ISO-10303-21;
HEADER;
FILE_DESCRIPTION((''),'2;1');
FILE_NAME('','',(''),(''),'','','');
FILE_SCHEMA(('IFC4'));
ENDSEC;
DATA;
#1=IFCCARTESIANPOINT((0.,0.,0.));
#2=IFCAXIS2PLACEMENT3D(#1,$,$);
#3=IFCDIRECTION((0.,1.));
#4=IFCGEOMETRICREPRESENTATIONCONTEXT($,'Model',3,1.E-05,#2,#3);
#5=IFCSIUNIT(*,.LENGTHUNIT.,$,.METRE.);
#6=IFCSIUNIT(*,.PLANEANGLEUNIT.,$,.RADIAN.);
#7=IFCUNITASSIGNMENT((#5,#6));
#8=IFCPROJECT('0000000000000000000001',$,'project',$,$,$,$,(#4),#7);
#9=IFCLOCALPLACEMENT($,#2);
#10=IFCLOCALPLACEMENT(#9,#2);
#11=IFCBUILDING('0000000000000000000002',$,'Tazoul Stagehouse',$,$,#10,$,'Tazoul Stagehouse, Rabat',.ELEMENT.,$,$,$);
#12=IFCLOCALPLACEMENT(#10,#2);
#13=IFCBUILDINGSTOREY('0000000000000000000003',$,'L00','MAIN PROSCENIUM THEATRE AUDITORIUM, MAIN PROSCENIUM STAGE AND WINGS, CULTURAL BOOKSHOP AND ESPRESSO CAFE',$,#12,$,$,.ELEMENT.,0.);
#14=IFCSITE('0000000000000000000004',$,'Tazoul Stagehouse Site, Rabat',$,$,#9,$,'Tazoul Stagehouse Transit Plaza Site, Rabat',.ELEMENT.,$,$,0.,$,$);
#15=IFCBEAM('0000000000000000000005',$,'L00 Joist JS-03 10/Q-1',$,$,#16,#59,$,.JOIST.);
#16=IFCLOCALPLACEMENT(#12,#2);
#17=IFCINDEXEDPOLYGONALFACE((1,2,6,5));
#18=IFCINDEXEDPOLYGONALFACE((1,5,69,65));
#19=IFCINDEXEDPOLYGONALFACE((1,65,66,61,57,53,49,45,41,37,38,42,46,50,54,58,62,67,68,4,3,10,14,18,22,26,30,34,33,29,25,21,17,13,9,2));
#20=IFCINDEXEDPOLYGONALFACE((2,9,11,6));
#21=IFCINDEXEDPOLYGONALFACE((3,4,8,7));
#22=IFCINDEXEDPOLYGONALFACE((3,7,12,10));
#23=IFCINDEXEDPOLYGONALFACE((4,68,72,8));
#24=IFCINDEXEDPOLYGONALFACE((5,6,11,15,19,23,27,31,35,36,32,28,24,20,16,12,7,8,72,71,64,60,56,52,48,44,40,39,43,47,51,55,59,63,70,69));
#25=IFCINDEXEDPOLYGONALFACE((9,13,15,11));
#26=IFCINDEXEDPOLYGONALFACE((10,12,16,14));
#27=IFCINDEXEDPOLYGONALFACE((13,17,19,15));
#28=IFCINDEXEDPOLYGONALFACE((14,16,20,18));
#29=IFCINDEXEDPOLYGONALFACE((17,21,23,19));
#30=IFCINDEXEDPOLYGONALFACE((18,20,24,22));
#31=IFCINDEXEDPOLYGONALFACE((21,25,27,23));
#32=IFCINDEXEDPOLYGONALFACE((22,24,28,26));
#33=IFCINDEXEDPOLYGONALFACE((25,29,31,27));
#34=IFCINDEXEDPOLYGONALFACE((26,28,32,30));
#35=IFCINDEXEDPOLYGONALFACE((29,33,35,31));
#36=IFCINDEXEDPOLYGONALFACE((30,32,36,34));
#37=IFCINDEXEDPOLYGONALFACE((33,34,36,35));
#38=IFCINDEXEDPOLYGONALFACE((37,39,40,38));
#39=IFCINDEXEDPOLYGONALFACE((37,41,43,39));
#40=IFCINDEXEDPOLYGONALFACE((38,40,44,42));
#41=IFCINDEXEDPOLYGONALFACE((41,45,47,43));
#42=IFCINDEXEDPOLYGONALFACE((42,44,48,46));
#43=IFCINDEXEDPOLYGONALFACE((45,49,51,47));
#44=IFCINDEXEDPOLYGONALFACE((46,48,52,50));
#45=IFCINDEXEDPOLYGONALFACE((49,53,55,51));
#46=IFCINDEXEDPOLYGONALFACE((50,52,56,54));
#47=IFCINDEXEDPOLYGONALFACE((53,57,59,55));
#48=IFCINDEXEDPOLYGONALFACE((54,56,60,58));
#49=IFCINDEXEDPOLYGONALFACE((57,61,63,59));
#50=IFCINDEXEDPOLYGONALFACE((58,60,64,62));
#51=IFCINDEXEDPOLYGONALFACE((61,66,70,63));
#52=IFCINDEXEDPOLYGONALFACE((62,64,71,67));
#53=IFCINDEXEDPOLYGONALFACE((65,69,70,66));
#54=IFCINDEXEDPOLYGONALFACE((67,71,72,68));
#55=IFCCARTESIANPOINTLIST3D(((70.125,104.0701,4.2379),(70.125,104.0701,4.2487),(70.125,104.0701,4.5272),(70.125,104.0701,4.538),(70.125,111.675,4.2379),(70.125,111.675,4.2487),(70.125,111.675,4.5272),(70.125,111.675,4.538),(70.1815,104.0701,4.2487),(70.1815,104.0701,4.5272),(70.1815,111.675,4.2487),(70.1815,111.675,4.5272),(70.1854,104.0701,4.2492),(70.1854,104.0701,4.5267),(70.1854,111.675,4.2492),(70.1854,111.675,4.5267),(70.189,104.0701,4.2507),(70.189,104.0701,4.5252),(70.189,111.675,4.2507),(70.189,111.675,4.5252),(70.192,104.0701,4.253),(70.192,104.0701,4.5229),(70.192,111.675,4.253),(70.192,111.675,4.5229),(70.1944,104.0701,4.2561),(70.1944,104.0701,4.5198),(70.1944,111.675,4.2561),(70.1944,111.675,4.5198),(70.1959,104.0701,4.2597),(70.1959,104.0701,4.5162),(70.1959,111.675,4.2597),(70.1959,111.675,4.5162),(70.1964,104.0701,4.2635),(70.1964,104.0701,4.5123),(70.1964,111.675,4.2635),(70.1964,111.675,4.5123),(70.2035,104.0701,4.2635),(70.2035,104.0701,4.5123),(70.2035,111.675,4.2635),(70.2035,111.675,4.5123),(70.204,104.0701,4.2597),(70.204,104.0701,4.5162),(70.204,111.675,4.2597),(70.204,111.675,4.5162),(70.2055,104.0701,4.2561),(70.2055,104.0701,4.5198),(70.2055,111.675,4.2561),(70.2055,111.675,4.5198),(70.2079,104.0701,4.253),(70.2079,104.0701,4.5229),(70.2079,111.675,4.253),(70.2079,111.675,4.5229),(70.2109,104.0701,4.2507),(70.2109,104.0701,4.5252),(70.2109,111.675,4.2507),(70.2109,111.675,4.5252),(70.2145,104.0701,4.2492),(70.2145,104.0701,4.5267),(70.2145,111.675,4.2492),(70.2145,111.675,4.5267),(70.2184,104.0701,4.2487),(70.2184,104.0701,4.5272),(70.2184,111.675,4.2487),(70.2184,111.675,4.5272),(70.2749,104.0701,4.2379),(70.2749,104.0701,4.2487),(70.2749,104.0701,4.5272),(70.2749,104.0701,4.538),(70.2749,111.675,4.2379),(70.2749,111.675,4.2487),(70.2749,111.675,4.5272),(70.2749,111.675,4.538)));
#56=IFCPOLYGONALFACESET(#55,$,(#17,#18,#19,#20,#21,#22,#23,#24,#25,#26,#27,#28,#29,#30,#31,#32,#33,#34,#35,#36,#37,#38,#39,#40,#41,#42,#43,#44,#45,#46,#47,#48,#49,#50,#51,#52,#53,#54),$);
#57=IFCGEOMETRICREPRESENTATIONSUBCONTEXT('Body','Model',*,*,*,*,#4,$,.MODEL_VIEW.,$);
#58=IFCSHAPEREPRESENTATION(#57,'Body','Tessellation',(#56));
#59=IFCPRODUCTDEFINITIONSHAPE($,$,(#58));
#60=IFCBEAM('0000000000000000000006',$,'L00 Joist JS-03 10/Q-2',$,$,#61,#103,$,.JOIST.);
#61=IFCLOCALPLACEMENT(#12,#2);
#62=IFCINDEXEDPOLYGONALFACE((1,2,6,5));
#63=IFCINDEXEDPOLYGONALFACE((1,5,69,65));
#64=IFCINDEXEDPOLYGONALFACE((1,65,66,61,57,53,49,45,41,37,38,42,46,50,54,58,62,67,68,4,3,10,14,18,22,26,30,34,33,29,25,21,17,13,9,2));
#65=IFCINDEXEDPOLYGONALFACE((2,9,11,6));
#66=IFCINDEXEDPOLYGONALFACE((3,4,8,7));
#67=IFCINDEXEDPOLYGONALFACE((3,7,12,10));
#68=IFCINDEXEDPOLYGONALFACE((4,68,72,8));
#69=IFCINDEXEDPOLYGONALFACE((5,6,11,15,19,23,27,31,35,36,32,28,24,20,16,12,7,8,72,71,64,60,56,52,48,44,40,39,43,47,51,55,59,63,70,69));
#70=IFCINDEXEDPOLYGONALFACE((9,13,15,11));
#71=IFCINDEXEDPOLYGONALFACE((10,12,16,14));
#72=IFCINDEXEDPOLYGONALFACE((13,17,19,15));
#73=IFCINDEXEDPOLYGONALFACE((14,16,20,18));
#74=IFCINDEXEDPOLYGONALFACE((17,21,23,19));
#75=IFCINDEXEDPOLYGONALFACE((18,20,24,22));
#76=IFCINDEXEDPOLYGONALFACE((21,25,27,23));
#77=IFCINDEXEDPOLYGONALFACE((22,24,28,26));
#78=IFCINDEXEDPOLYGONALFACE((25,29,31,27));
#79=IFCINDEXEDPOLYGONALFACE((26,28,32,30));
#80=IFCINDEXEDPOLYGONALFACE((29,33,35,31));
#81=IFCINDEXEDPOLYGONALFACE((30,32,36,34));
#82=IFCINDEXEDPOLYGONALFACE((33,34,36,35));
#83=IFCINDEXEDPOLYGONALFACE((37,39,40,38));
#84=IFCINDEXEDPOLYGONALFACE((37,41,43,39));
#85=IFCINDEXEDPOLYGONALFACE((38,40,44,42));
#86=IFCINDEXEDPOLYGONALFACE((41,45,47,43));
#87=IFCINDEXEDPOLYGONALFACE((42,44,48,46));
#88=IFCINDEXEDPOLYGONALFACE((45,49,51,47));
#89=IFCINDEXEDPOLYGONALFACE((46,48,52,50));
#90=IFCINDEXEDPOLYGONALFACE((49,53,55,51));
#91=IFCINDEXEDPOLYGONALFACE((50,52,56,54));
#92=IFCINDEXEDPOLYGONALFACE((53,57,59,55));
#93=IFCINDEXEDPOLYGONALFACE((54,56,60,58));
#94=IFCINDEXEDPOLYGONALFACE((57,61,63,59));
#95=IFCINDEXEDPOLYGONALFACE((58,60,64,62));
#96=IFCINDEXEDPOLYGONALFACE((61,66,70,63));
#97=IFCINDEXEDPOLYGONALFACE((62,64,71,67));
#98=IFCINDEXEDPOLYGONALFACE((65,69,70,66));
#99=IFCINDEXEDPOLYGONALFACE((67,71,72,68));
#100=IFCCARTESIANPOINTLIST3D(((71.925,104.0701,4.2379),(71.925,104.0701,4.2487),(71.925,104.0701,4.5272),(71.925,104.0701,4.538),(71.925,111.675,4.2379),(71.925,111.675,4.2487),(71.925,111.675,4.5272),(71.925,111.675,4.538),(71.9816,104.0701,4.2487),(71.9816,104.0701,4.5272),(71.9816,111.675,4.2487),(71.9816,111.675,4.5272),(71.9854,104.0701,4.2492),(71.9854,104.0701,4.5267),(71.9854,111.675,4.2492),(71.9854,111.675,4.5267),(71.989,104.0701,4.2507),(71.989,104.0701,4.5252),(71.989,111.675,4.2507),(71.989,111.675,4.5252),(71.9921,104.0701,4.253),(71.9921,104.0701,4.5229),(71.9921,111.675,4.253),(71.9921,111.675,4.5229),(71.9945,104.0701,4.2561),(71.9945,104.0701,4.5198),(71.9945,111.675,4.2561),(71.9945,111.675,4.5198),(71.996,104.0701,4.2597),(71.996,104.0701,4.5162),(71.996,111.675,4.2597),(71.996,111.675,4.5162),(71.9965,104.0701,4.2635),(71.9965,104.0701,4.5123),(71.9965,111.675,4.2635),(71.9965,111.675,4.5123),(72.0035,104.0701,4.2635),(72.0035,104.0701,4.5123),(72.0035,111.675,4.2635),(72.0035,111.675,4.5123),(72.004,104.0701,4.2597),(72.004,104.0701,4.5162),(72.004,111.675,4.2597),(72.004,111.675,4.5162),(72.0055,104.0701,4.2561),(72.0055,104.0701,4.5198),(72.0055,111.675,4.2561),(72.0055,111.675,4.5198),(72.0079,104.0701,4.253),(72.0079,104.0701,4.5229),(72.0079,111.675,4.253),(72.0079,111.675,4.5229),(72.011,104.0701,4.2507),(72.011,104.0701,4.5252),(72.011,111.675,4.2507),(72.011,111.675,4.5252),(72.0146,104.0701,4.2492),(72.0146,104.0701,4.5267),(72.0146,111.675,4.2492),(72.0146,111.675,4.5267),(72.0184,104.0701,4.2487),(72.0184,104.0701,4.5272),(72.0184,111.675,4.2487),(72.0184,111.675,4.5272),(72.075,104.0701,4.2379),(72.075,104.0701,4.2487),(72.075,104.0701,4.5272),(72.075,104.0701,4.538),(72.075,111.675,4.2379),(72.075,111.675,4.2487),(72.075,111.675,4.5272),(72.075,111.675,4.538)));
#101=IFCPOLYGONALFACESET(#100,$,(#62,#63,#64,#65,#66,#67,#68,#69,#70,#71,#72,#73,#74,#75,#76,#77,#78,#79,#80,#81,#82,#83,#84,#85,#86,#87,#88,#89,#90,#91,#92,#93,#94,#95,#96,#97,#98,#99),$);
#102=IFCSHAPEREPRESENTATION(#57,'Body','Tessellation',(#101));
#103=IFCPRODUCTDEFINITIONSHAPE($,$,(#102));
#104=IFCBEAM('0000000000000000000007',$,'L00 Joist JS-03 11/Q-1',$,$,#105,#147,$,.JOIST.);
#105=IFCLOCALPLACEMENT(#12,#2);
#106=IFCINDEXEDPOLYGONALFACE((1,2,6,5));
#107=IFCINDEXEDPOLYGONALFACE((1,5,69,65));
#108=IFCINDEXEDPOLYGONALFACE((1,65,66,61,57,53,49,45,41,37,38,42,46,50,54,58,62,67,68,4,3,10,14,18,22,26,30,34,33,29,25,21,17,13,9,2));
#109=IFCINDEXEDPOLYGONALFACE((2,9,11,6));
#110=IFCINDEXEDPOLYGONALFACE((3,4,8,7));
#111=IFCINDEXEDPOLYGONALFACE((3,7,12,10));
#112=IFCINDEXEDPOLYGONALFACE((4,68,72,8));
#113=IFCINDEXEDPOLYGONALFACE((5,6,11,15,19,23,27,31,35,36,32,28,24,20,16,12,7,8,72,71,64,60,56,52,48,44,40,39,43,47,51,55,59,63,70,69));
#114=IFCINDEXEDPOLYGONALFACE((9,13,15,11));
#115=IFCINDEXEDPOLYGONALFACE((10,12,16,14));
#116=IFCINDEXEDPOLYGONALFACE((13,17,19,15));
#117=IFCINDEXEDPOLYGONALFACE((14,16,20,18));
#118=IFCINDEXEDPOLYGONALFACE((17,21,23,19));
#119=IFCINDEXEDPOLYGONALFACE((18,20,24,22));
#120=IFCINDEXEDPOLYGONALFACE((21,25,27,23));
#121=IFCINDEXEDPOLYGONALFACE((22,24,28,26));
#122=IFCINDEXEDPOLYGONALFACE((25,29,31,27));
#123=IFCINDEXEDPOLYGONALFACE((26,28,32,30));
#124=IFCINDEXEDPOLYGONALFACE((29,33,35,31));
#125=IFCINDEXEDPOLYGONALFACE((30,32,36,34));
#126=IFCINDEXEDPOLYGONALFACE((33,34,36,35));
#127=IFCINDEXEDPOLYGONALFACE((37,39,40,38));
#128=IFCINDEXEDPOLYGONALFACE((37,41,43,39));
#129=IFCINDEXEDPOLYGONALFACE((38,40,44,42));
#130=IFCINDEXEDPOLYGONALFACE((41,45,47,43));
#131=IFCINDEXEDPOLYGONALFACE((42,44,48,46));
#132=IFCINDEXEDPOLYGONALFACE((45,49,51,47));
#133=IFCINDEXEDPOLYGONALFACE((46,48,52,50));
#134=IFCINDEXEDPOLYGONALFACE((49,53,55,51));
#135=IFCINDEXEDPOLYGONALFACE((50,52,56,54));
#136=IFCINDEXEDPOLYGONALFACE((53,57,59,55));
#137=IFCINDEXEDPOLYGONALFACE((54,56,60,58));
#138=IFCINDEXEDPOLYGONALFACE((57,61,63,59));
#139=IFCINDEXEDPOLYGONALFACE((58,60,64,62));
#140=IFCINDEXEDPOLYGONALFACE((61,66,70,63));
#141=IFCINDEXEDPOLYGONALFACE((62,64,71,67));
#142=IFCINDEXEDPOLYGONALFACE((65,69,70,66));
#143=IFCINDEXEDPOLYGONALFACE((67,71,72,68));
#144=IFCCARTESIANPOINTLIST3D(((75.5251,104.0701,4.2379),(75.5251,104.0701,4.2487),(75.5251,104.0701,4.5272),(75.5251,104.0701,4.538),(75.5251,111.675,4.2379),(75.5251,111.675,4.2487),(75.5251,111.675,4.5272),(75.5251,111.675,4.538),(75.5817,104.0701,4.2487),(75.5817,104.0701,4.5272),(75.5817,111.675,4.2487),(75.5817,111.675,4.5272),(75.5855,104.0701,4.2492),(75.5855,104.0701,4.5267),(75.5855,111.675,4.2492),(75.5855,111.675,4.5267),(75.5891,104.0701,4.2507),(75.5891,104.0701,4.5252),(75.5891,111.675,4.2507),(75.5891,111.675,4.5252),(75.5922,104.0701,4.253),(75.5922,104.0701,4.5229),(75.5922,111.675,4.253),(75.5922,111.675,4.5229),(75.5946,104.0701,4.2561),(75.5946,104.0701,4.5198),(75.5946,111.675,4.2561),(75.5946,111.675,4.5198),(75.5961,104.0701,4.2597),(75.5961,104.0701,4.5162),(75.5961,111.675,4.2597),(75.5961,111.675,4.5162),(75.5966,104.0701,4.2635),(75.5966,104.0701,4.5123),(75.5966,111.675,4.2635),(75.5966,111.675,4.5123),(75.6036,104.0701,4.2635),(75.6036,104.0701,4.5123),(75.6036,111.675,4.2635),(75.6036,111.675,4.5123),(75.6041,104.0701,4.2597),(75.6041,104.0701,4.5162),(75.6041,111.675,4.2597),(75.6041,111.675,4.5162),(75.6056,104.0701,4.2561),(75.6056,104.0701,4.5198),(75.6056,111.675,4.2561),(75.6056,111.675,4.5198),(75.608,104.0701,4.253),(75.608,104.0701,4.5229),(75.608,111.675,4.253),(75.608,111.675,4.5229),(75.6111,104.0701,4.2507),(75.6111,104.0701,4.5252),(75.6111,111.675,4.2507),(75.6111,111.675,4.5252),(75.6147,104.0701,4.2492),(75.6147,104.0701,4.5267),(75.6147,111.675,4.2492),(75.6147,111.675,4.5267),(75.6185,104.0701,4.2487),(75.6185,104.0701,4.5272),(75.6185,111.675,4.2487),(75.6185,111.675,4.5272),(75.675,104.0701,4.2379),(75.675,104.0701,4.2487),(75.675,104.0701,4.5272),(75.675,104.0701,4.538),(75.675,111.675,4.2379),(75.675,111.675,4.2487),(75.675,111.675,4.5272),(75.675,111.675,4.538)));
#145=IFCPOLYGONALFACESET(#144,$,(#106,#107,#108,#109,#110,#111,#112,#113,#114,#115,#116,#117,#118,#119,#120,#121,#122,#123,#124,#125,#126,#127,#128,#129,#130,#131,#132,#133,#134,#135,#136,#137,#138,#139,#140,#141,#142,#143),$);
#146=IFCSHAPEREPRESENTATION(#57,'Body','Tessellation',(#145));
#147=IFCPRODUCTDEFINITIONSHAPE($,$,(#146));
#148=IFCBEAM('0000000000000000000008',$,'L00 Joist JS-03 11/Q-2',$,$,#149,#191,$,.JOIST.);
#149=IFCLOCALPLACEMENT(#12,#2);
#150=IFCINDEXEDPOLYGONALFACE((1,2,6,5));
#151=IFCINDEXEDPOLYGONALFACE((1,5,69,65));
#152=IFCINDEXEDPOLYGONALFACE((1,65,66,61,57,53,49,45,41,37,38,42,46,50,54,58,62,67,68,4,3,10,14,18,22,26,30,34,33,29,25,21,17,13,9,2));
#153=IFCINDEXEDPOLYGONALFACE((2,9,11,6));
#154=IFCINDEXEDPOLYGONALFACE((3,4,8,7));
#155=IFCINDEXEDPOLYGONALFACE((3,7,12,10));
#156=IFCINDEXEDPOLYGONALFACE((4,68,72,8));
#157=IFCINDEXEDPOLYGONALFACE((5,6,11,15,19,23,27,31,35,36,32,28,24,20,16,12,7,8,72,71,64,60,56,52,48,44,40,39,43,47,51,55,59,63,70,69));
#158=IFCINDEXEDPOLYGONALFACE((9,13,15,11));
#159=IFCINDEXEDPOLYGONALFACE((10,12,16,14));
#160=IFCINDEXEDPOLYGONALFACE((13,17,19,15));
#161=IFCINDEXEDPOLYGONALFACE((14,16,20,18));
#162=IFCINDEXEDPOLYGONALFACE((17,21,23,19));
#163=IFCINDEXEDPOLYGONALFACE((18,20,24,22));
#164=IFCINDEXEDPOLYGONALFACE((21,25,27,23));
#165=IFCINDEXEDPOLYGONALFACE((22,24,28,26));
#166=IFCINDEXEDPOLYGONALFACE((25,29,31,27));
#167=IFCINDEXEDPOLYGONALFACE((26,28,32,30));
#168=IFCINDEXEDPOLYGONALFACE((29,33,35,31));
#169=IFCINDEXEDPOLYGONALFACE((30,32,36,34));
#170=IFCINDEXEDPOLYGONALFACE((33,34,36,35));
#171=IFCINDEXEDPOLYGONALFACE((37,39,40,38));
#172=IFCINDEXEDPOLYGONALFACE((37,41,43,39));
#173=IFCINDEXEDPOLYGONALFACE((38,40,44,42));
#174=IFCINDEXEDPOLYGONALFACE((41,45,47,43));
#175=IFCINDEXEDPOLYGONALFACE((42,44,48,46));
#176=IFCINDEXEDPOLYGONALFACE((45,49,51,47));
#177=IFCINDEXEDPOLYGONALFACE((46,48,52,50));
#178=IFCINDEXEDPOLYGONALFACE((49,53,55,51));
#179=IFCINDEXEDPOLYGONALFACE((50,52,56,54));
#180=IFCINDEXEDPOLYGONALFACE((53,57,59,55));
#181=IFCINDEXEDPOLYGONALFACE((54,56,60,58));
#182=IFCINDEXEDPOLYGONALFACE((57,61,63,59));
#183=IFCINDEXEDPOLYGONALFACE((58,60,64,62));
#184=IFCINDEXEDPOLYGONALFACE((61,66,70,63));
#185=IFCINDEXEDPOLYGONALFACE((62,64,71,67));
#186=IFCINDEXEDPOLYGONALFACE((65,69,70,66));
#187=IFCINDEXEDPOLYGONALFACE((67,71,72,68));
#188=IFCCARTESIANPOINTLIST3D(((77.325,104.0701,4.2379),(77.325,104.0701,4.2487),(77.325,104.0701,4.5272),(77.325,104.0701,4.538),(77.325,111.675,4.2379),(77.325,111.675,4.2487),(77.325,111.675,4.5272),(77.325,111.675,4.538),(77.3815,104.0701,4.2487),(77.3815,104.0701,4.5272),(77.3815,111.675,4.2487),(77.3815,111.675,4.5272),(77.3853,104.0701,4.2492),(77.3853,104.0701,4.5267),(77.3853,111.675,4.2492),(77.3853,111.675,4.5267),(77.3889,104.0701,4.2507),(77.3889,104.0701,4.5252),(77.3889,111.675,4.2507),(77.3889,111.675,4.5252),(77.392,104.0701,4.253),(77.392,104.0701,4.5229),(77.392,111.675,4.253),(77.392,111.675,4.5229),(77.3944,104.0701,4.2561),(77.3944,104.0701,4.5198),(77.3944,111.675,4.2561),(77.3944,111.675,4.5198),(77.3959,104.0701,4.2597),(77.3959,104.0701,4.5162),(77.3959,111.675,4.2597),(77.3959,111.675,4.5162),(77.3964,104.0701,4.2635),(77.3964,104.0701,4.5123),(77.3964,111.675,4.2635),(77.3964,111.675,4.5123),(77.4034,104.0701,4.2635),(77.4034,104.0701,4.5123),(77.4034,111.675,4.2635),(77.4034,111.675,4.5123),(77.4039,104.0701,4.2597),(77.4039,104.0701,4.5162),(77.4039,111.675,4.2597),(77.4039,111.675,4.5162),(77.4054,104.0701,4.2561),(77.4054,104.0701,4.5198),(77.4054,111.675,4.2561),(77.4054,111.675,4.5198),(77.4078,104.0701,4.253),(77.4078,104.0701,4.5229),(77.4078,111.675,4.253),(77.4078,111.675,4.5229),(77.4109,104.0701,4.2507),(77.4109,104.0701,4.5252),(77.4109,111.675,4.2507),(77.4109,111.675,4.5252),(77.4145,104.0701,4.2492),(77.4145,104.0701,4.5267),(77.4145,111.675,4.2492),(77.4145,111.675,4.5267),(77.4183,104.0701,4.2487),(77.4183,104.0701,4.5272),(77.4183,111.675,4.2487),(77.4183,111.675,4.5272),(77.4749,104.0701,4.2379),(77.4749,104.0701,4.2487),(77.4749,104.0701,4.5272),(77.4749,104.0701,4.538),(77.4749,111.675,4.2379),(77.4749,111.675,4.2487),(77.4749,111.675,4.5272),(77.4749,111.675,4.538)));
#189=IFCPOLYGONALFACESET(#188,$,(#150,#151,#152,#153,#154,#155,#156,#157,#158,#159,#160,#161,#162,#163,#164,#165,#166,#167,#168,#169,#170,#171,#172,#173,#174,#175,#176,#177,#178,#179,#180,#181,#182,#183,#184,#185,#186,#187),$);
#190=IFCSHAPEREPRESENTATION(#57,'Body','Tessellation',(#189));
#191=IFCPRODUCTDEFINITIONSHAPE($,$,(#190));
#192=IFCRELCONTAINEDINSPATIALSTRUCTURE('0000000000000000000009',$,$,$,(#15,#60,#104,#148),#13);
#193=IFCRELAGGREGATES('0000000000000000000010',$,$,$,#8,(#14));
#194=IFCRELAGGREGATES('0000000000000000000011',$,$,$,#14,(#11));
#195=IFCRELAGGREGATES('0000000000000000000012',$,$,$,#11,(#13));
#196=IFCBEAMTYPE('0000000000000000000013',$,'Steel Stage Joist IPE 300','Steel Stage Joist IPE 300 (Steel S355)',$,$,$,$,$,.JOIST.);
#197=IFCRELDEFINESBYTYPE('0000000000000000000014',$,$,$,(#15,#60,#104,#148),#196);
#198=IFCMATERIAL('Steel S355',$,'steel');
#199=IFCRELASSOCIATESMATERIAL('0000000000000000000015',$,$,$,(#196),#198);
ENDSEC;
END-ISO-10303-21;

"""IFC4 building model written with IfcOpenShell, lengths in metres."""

from ifc_helpers import new_model, si_unit, direction, frame, origin, origin_2d, place, context, subcontext, project, spatial, i_section, extrude, material, material_profile, profile_set, type_object, element, save


model = new_model("IFC4")

# Units and contexts
model_context = context("Model", 3, precision=1e-05, world=origin(), true_north=direction((0.0, 1.0)))
body_context = subcontext(model_context, "Body", "Model", "MODEL_VIEW")
ifc_project = project(units=[si_unit("LENGTHUNIT", "METRE"), si_unit("PLANEANGLEUNIT", "RADIAN")], contexts=[model_context])

# Site, building, storey
site_placement = place(None, origin())
site = spatial("IfcSite", under=ifc_project, at=site_placement, Name="Tazoul Stagehouse Site, Rabat", LongName="Tazoul Stagehouse Transit Plaza Site, Rabat", CompositionType="ELEMENT", RefElevation=0.0)
building_placement = place(site_placement, origin())
building = spatial("IfcBuilding", under=site, at=building_placement, Name="Tazoul Stagehouse", LongName="Tazoul Stagehouse, Rabat", CompositionType="ELEMENT")
storey_placement = place(building_placement, origin())
storey = spatial("IfcBuildingStorey", under=building, at=storey_placement, Name="L00", Description="MAIN PROSCENIUM THEATRE AUDITORIUM, MAIN PROSCENIUM STAGE AND WINGS, CULTURAL BOOKSHOP AND ESPRESSO CAFE", CompositionType="ELEMENT", Elevation=0.0)

# Beams
ifc_material_1 = material(Name="Steel S355", Category="steel")
ifc_material_profile_1 = material_profile(ifc_material_1, i_section(OverallWidth=0.1499, OverallDepth=0.3, WebThickness=0.0071, FlangeThickness=0.0107, FilletRadius=0.0149, at=origin_2d()), Name="IPE 300")
ifc_profile_set_1 = profile_set([ifc_material_profile_1], Name="Steel S355")
beam_type_1 = type_object("IfcBeamType", Name="Steel Stage Joist IPE 300", Description="Steel Stage Joist IPE 300 (Steel S355)", PredefinedType="JOIST", material=ifc_profile_set_1)
for number, where, z_axis, x_axis, name in (
    (1, (70.2, 104.0701, 4.3879), (0.0, 1.0, 0.0), (-1.0, 0.0, 0.0), "L00 Joist JS-03 10/Q-1"),
    (2, (72.0, 104.0701, 4.3879), (0.0, 1.0, 0.0), (-1.0, 0.0, 0.0), "L00 Joist JS-03 10/Q-2"),
    (3, (75.6001, 104.0701, 4.3879), (0.0, 1.0, 0.0), (-1.0, 0.0, 0.0), "L00 Joist JS-03 11/Q-1"),
    (4, (77.3999, 104.0701, 4.3879), (0.0, 1.0, 0.0), (-1.0, 0.0, 0.0), "L00 Joist JS-03 11/Q-2"),
):
    element("IfcBeam", number, at=place(storey_placement, frame(where, z_axis=z_axis, x_axis=x_axis)), inside=storey, type_object=beam_type_1, Name=name, PredefinedType="JOIST", context=body_context, shape_type="SweptSolid", body=[
        extrude(i_section(OverallWidth=0.1499, OverallDepth=0.3, WebThickness=0.0071, FlangeThickness=0.0107, FilletRadius=0.0149, at=origin_2d()), origin(), (0.0, 0.0, 1.0), 7.605),
    ])

save(model, "model.ifc")
